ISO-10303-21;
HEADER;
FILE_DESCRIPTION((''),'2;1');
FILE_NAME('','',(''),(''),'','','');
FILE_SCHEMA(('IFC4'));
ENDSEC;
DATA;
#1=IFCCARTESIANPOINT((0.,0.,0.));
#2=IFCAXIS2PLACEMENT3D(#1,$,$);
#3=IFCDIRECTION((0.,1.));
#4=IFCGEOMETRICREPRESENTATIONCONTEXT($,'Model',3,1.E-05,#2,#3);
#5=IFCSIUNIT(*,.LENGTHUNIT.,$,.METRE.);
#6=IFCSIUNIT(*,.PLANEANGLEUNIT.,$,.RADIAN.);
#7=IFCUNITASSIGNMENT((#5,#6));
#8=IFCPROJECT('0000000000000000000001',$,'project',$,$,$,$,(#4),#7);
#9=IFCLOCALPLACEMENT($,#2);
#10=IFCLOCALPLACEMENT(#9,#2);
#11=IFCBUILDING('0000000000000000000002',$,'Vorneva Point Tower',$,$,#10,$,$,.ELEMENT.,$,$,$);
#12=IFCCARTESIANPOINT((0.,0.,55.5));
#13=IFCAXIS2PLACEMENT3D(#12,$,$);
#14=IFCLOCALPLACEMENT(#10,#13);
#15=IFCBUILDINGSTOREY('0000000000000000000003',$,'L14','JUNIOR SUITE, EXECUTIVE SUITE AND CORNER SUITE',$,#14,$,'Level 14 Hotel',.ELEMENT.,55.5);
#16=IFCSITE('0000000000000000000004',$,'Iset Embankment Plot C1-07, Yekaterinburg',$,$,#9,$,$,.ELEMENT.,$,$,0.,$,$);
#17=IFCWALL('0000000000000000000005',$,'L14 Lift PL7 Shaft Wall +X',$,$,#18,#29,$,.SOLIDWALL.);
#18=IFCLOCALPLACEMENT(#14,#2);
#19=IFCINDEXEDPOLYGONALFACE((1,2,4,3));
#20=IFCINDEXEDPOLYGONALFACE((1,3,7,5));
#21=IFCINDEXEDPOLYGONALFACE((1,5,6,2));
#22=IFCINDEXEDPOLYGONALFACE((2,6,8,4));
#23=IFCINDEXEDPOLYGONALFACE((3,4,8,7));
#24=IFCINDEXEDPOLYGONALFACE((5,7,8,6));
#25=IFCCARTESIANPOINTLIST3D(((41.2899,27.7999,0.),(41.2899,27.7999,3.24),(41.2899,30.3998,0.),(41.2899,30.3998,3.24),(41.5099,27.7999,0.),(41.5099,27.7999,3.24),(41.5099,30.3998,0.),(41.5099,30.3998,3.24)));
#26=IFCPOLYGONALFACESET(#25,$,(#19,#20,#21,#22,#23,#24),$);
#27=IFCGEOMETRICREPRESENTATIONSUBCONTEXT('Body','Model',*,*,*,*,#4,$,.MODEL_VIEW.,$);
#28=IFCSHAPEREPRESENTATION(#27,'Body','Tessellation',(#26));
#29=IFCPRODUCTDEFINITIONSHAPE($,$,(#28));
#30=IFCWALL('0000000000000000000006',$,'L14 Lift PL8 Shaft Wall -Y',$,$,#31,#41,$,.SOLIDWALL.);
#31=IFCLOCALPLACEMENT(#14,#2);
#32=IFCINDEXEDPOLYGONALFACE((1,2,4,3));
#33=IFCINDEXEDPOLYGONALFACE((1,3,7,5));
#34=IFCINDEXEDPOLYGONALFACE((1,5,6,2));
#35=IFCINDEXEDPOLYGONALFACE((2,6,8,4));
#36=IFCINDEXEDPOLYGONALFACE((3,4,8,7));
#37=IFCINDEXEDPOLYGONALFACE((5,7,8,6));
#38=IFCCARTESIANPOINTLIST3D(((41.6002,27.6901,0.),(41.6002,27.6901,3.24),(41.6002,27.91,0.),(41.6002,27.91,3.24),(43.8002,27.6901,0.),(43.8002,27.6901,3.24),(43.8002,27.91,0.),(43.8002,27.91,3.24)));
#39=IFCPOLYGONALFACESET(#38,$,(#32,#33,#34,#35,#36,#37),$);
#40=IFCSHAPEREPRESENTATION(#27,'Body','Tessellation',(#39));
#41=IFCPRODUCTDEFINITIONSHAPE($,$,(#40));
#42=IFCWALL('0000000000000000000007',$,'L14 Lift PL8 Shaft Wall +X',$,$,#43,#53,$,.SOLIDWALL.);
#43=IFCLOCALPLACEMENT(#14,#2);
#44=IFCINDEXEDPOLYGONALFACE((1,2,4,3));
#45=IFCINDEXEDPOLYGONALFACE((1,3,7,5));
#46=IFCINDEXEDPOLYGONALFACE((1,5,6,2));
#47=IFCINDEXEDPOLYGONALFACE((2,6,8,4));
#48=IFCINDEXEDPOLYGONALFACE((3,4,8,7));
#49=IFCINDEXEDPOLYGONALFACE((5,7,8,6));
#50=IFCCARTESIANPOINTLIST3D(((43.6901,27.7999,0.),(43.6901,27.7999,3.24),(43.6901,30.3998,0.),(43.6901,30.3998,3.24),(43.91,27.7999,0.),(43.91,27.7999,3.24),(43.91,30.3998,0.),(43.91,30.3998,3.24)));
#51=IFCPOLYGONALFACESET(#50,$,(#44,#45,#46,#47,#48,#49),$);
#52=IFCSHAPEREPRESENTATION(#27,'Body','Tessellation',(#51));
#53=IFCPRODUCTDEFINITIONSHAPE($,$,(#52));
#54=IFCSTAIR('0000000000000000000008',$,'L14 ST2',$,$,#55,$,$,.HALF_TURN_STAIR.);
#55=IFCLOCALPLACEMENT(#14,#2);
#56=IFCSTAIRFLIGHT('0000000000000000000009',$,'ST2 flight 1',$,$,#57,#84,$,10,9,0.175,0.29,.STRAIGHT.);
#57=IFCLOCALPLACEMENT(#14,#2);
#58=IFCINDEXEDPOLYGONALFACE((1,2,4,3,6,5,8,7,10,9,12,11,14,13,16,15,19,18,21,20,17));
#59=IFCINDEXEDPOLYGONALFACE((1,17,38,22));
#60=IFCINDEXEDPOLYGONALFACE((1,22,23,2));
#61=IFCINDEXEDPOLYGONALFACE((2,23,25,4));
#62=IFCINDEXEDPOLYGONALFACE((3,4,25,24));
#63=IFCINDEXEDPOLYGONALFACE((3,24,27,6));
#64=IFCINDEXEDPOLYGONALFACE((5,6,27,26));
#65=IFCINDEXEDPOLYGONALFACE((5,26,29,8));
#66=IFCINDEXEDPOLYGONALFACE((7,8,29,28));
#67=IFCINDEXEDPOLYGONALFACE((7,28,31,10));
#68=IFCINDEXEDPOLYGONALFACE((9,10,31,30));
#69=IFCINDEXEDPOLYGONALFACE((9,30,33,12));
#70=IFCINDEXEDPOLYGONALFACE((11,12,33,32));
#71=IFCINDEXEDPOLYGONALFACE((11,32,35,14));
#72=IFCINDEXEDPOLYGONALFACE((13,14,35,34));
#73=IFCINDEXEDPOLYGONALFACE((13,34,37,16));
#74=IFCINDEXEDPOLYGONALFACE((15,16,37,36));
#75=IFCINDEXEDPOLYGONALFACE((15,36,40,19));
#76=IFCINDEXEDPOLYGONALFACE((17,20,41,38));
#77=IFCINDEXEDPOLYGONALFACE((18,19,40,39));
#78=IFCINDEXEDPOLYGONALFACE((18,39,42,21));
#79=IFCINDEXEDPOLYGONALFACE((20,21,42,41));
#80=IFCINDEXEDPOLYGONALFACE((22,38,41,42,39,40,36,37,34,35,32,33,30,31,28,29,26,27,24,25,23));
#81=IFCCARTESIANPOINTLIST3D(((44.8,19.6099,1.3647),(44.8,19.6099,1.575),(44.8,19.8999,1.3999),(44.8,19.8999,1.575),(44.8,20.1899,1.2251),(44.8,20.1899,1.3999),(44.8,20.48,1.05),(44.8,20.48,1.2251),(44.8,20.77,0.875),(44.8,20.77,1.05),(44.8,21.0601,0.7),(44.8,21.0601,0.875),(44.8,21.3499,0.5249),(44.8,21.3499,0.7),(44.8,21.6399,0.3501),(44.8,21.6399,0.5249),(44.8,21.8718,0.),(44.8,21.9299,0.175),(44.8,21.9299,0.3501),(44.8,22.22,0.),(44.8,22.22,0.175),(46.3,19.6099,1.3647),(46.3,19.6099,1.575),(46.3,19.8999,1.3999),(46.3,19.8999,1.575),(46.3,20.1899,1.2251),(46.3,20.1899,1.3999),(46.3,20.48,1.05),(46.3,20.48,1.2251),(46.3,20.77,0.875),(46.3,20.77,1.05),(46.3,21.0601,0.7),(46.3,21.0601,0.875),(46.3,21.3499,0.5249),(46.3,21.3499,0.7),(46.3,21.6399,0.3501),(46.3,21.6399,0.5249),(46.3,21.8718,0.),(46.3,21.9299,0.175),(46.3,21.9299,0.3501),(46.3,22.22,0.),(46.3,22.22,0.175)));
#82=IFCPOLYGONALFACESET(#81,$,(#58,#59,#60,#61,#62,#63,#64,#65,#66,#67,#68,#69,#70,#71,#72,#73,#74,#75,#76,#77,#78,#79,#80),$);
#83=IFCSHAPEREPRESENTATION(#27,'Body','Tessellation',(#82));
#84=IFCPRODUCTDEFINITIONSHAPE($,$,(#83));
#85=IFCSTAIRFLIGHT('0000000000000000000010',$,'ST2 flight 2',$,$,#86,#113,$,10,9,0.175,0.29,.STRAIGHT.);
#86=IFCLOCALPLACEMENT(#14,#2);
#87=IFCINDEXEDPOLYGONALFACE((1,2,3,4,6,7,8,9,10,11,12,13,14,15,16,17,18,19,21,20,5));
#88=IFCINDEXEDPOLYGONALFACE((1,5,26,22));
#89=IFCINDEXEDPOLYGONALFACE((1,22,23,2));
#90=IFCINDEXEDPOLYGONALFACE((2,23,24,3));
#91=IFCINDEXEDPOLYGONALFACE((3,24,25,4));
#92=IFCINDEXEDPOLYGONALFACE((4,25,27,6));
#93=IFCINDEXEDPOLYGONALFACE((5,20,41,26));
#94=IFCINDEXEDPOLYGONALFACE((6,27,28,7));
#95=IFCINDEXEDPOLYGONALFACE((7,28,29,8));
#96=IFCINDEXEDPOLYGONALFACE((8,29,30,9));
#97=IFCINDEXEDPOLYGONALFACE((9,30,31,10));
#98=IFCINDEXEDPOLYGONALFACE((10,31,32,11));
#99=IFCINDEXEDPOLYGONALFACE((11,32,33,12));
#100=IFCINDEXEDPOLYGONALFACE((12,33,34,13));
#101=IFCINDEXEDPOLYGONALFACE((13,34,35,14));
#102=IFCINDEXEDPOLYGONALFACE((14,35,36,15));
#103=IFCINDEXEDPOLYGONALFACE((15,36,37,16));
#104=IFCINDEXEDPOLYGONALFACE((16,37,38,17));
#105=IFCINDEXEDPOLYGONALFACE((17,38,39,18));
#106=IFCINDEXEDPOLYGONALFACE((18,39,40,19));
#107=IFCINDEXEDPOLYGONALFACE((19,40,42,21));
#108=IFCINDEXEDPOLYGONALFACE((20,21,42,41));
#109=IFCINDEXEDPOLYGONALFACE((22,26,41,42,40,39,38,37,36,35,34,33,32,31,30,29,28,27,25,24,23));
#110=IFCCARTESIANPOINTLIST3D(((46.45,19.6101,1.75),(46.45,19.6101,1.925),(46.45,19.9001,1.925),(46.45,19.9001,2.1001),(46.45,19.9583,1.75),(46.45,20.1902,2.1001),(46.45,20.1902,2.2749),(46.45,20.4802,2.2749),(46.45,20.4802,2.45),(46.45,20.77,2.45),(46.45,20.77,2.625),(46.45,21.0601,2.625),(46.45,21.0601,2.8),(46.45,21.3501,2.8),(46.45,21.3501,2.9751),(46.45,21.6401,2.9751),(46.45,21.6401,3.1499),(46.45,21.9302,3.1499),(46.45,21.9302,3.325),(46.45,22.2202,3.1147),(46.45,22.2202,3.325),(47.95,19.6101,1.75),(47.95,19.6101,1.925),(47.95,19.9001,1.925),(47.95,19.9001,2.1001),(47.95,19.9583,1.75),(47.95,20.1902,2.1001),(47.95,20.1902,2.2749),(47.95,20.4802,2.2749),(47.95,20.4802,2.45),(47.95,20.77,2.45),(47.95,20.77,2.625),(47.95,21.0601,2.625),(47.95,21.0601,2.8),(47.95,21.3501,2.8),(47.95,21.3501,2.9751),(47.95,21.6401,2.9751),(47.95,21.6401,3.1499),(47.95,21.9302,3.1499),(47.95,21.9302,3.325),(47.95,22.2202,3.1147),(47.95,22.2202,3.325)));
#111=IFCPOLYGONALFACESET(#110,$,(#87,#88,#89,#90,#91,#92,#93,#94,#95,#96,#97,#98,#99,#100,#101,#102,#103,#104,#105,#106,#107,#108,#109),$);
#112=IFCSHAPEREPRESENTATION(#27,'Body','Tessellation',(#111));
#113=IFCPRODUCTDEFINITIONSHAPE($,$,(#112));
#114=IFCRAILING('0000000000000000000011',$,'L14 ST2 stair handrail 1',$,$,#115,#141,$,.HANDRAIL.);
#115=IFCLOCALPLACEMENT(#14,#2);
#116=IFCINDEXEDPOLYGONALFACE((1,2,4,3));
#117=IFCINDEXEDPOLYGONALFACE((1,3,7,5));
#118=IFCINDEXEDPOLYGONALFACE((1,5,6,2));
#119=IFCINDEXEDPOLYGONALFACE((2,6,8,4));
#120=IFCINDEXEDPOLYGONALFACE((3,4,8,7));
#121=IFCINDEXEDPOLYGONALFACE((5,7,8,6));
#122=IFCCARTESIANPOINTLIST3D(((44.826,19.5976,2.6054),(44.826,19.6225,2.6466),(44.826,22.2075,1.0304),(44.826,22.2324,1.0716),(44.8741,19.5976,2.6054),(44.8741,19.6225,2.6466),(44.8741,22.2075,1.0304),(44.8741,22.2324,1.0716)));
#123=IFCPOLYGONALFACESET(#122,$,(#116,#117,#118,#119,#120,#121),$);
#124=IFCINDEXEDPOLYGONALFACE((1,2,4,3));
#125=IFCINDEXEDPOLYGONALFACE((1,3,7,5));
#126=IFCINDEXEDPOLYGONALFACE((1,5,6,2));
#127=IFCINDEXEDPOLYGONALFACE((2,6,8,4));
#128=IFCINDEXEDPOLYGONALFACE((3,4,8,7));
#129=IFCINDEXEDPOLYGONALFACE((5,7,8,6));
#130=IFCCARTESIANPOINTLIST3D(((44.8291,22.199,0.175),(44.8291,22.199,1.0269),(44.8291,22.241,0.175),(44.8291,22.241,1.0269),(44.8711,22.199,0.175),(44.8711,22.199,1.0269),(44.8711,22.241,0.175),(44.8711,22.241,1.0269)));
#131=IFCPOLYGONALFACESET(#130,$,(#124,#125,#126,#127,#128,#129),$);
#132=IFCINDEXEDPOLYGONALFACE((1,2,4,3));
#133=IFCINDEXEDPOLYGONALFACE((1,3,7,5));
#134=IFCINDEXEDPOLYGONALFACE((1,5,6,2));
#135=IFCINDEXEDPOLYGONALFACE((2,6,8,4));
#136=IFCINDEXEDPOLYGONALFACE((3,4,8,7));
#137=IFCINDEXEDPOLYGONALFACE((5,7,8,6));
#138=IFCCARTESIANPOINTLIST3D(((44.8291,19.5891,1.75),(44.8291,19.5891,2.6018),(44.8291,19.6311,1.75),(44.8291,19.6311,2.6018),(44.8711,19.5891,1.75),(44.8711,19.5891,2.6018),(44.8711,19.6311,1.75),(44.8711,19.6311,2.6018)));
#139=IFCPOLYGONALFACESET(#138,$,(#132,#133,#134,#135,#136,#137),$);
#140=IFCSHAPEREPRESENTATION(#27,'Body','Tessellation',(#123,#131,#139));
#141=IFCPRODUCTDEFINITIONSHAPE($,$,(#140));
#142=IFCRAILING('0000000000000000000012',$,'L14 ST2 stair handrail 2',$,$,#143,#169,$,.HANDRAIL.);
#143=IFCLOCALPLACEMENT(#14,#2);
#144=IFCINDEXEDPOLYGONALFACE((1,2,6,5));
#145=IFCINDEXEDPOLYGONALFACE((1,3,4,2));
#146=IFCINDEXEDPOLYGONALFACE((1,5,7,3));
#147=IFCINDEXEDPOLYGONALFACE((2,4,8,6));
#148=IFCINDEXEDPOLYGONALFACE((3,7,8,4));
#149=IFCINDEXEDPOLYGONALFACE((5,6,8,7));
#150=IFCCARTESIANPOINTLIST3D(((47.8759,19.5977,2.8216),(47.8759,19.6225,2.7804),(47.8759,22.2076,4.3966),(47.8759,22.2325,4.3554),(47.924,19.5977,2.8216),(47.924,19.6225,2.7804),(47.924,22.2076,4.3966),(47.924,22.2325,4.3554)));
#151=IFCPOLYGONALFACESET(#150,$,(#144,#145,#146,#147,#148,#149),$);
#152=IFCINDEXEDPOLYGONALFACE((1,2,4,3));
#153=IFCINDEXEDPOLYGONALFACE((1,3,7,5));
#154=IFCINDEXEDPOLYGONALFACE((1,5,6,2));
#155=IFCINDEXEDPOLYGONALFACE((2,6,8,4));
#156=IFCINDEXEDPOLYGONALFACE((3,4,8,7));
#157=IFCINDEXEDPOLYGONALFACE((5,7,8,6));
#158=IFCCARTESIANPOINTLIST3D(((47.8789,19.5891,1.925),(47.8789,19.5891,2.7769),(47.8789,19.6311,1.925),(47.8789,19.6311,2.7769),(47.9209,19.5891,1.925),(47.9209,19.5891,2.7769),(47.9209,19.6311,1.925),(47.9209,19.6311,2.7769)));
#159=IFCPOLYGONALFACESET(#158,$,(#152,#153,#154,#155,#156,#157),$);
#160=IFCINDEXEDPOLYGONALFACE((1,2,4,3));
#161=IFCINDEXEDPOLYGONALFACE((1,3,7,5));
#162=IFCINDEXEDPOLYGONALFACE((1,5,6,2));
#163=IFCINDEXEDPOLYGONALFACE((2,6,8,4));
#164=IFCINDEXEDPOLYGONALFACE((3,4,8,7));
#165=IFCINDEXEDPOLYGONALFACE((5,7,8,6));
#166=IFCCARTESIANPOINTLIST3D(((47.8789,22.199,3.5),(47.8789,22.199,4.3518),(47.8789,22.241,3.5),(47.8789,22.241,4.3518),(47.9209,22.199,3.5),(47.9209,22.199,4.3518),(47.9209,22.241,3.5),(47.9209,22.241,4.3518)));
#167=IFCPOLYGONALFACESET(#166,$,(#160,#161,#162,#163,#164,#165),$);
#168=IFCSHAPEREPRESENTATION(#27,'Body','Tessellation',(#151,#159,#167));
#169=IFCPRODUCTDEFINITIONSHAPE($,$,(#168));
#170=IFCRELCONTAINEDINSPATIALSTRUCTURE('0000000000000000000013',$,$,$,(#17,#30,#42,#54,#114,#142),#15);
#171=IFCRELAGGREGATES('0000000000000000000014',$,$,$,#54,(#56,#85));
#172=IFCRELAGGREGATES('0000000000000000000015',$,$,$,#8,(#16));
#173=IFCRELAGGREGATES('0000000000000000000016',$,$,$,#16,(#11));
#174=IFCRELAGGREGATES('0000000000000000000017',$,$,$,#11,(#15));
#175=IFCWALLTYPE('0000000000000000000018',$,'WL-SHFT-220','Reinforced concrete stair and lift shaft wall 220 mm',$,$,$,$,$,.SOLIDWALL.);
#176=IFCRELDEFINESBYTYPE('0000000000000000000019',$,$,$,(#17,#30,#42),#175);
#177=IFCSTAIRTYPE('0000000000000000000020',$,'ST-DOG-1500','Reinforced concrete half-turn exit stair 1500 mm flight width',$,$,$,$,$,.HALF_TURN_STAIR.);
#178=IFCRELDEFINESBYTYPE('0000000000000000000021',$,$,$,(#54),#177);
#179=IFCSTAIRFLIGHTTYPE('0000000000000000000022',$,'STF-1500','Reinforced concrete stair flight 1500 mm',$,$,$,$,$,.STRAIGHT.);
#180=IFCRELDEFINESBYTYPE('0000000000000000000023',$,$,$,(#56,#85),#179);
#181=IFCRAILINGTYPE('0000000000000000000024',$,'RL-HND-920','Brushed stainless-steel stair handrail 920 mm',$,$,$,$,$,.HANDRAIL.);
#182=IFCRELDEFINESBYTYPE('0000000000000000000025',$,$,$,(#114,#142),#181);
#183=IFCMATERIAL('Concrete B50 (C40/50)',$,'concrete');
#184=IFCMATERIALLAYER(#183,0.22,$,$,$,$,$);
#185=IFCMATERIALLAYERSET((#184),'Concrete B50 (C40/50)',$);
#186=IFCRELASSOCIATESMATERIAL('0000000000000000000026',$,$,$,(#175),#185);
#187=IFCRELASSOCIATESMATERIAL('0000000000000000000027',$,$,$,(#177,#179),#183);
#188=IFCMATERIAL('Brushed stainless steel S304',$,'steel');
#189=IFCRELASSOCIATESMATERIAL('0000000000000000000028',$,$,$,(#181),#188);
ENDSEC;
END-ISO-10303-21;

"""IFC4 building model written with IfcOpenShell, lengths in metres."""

from ifc_helpers import new_model, si_unit, direction, frame, frame_2d, origin, origin_2d, place, context, subcontext, project, spatial, polyline, rectangle, outline, extrude, material, layer, layer_set, type_object, element, aggregate, save


model = new_model("IFC4")

# Units and contexts
model_context = context("Model", 3, precision=1e-05, world=origin(), true_north=direction((0.0, 1.0)))
body_context = subcontext(model_context, "Body", "Model", "MODEL_VIEW")
ifc_project = project(units=[si_unit("LENGTHUNIT", "METRE"), si_unit("PLANEANGLEUNIT", "RADIAN")], contexts=[model_context])

# Site, building, storey
site_placement = place(None, origin())
site = spatial("IfcSite", under=ifc_project, at=site_placement, Name="Iset Embankment Plot C1-07, Yekaterinburg", CompositionType="ELEMENT", RefElevation=0.0)
building_placement = place(site_placement, origin())
building = spatial("IfcBuilding", under=site, at=building_placement, Name="Vorneva Point Tower", CompositionType="ELEMENT")
storey_placement = place(building_placement, frame((0.0, 0.0, 55.5)))
storey = spatial("IfcBuildingStorey", under=building, at=storey_placement, Name="L14", Description="JUNIOR SUITE, EXECUTIVE SUITE AND CORNER SUITE", LongName="Level 14 Hotel", CompositionType="ELEMENT", Elevation=55.5)

# Shared definitions
ifc_material_1 = material(Name="Concrete B50 (C40/50)", Category="concrete")
ifc_layer_1 = layer(ifc_material_1, 0.22)
ifc_layer_set_1 = layer_set([ifc_layer_1], Name="Concrete B50 (C40/50)")
wall_type_1 = type_object("IfcWallType", Name="WL-SHFT-220", Description="Reinforced concrete stair and lift shaft wall 220 mm", PredefinedType="SOLIDWALL", material=ifc_layer_set_1)

# Walls
wall_1_placement = place(storey_placement, frame((41.3999, 27.8, 0.0), z_axis=(0.0, 0.0, 1.0), x_axis=(0.0, 1.0, 0.0)))
element("IfcWall", 1, at=wall_1_placement, inside=storey, type_object=wall_type_1, Name="L14 Lift PL7 Shaft Wall +X", PredefinedType="SOLIDWALL", context=body_context, shape_type="SweptSolid", body=[
    extrude(rectangle(XDim=2.5999, YDim=0.22, at=frame_2d((1.2998, 0.0))), origin(), (0.0, 0.0, 1.0), 3.24),
])
wall_2_placement = place(storey_placement, frame((41.6001, 27.8, 0.0), z_axis=(0.0, 0.0, 1.0), x_axis=(1.0, 0.0, 0.0)))
element("IfcWall", 2, at=wall_2_placement, inside=storey, type_object=wall_type_1, Name="L14 Lift PL8 Shaft Wall -Y", PredefinedType="SOLIDWALL", context=body_context, shape_type="SweptSolid", body=[
    extrude(rectangle(XDim=2.2, YDim=0.22, at=frame_2d((1.1001, 0.0))), origin(), (0.0, 0.0, 1.0), 3.24),
])
wall_3_placement = place(storey_placement, frame((43.8, 27.8, 0.0), z_axis=(0.0, 0.0, 1.0), x_axis=(0.0, 1.0, 0.0)))
element("IfcWall", 3, at=wall_3_placement, inside=storey, type_object=wall_type_1, Name="L14 Lift PL8 Shaft Wall +X", PredefinedType="SOLIDWALL", context=body_context, shape_type="SweptSolid", body=[
    extrude(rectangle(XDim=2.5999, YDim=0.22, at=frame_2d((1.2998, 0.0))), origin(), (0.0, 0.0, 1.0), 3.24),
])

# Stair, stair flights
stair_type = type_object("IfcStairType", Name="ST-DOG-1500", Description="Reinforced concrete half-turn exit stair 1500 mm flight width", PredefinedType="HALF_TURN_STAIR", material=ifc_material_1)
stair_placement = place(storey_placement, origin())
stair = element("IfcStair", 4, at=stair_placement, inside=storey, type_object=stair_type, Name="L14 ST2", PredefinedType="HALF_TURN_STAIR")
stair_flight_type = type_object("IfcStairFlightType", Name="STF-1500", Description="Reinforced concrete stair flight 1500 mm", PredefinedType="STRAIGHT", material=ifc_material_1)
stair_flight_1_placement = place(storey_placement, frame((45.55, 22.22, 0.0), z_axis=(0.0, 0.0, 1.0), x_axis=(0.0, -1.0, 0.0)))
stair_flight_1 = element("IfcStairFlight", 5, at=stair_flight_1_placement, type_object=stair_flight_type, Name="ST2 flight 1", NumberOfRisers=10, NumberOfTreads=9, PredefinedType="STRAIGHT", RiserHeight=0.175, TreadLength=0.29, context=body_context, shape_type="SweptSolid", body=[
    extrude(outline(polyline([(0.0, 0.0), (0.0, 0.175), (0.29, 0.175), (0.29, 0.3501), (0.5801, 0.3501), (0.5801, 0.5249), (0.8701, 0.5249), (0.8701, 0.7), (1.1599, 0.7), (1.1599, 0.875), (1.45, 0.875), (1.45, 1.05), (1.74, 1.05), (1.74, 1.2251), (2.03, 1.2251), (2.03, 1.3999), (2.3201, 1.3999), (2.3201, 1.575), (2.6101, 1.575), (2.6101, 1.75), (2.6101, 1.3647), (0.3481, 0.0), (0.0, 0.0)])), frame((0.0, 0.75, 0.0), z_axis=(0.0, -1.0, 0.0), x_axis=(1.0, 0.0, 0.0)), (0.0, 0.0, 1.0), 1.5),
])
stair_flight_2_placement = place(storey_placement, frame((47.2, 19.6101, 1.75), z_axis=(0.0, 0.0, 1.0), x_axis=(0.0, 1.0, 0.0)))
stair_flight_2 = element("IfcStairFlight", 6, at=stair_flight_2_placement, type_object=stair_flight_type, Name="ST2 flight 2", NumberOfRisers=10, NumberOfTreads=9, PredefinedType="STRAIGHT", RiserHeight=0.175, TreadLength=0.29, context=body_context, shape_type="SweptSolid", body=[
    extrude(outline(polyline([(0.0, 0.0), (0.0, 0.175), (0.29, 0.175), (0.29, 0.3501), (0.5801, 0.3501), (0.5801, 0.5249), (0.8701, 0.5249), (0.8701, 0.7), (1.1599, 0.7), (1.1599, 0.875), (1.45, 0.875), (1.45, 1.05), (1.74, 1.05), (1.74, 1.2251), (2.03, 1.2251), (2.03, 1.3999), (2.3201, 1.3999), (2.3201, 1.575), (2.6101, 1.575), (2.6101, 1.75), (2.6101, 1.3647), (0.3481, 0.0), (0.0, 0.0)])), frame((0.0, 0.75, 0.0), z_axis=(0.0, -1.0, 0.0), x_axis=(1.0, 0.0, 0.0)), (0.0, 0.0, 1.0), 1.5),
])
aggregate(stair, [stair_flight_1, stair_flight_2])

# Railings
ifc_material_2 = material(Name="Brushed stainless steel S304", Category="steel")
railing_type_1 = type_object("IfcRailingType", Name="RL-HND-920", Description="Brushed stainless-steel stair handrail 920 mm", PredefinedType="HANDRAIL", material=ifc_material_2)
railing_1_placement = place(storey_placement, frame((44.8501, 22.22, 0.175)))
element("IfcRailing", 7, at=railing_1_placement, inside=storey, type_object=railing_type_1, Name="L14 ST2 stair handrail 1", PredefinedType="HANDRAIL", context=body_context, shape_type="SweptSolid", body=[
    extrude(rectangle(XDim=0.0481, YDim=0.0481, at=origin_2d()), frame((0.0, 0.0, 0.876), z_axis=(0.0, -0.856183, 0.516673), x_axis=(1.0, 0.0, 0.0)), (0.0, 0.0, 1.0), 3.0483),
    extrude(rectangle(XDim=0.042, YDim=0.042, at=origin_2d()), origin(), (0.0, 0.0, 1.0), 0.8518),
    extrude(rectangle(XDim=0.042, YDim=0.042, at=origin_2d()), frame((0.0, -2.6099, 1.575)), (0.0, 0.0, 1.0), 0.8518),
])
railing_2_placement = place(storey_placement, frame((47.8999, 19.6101, 1.925)))
element("IfcRailing", 8, at=railing_2_placement, inside=storey, type_object=railing_type_1, Name="L14 ST2 stair handrail 2", PredefinedType="HANDRAIL", context=body_context, shape_type="SweptSolid", body=[
    extrude(rectangle(XDim=0.0481, YDim=0.0481, at=origin_2d()), frame((0.0, 0.0, 0.876), z_axis=(0.0, 0.856183, 0.516673), x_axis=(-1.0, 0.0, 0.0)), (0.0, 0.0, 1.0), 3.0483),
    extrude(rectangle(XDim=0.042, YDim=0.042, at=origin_2d()), origin(), (0.0, 0.0, 1.0), 0.8518),
    extrude(rectangle(XDim=0.042, YDim=0.042, at=origin_2d()), frame((0.0, 2.6099, 1.575)), (0.0, 0.0, 1.0), 0.8518),
])

save(model, "model.ifc")
